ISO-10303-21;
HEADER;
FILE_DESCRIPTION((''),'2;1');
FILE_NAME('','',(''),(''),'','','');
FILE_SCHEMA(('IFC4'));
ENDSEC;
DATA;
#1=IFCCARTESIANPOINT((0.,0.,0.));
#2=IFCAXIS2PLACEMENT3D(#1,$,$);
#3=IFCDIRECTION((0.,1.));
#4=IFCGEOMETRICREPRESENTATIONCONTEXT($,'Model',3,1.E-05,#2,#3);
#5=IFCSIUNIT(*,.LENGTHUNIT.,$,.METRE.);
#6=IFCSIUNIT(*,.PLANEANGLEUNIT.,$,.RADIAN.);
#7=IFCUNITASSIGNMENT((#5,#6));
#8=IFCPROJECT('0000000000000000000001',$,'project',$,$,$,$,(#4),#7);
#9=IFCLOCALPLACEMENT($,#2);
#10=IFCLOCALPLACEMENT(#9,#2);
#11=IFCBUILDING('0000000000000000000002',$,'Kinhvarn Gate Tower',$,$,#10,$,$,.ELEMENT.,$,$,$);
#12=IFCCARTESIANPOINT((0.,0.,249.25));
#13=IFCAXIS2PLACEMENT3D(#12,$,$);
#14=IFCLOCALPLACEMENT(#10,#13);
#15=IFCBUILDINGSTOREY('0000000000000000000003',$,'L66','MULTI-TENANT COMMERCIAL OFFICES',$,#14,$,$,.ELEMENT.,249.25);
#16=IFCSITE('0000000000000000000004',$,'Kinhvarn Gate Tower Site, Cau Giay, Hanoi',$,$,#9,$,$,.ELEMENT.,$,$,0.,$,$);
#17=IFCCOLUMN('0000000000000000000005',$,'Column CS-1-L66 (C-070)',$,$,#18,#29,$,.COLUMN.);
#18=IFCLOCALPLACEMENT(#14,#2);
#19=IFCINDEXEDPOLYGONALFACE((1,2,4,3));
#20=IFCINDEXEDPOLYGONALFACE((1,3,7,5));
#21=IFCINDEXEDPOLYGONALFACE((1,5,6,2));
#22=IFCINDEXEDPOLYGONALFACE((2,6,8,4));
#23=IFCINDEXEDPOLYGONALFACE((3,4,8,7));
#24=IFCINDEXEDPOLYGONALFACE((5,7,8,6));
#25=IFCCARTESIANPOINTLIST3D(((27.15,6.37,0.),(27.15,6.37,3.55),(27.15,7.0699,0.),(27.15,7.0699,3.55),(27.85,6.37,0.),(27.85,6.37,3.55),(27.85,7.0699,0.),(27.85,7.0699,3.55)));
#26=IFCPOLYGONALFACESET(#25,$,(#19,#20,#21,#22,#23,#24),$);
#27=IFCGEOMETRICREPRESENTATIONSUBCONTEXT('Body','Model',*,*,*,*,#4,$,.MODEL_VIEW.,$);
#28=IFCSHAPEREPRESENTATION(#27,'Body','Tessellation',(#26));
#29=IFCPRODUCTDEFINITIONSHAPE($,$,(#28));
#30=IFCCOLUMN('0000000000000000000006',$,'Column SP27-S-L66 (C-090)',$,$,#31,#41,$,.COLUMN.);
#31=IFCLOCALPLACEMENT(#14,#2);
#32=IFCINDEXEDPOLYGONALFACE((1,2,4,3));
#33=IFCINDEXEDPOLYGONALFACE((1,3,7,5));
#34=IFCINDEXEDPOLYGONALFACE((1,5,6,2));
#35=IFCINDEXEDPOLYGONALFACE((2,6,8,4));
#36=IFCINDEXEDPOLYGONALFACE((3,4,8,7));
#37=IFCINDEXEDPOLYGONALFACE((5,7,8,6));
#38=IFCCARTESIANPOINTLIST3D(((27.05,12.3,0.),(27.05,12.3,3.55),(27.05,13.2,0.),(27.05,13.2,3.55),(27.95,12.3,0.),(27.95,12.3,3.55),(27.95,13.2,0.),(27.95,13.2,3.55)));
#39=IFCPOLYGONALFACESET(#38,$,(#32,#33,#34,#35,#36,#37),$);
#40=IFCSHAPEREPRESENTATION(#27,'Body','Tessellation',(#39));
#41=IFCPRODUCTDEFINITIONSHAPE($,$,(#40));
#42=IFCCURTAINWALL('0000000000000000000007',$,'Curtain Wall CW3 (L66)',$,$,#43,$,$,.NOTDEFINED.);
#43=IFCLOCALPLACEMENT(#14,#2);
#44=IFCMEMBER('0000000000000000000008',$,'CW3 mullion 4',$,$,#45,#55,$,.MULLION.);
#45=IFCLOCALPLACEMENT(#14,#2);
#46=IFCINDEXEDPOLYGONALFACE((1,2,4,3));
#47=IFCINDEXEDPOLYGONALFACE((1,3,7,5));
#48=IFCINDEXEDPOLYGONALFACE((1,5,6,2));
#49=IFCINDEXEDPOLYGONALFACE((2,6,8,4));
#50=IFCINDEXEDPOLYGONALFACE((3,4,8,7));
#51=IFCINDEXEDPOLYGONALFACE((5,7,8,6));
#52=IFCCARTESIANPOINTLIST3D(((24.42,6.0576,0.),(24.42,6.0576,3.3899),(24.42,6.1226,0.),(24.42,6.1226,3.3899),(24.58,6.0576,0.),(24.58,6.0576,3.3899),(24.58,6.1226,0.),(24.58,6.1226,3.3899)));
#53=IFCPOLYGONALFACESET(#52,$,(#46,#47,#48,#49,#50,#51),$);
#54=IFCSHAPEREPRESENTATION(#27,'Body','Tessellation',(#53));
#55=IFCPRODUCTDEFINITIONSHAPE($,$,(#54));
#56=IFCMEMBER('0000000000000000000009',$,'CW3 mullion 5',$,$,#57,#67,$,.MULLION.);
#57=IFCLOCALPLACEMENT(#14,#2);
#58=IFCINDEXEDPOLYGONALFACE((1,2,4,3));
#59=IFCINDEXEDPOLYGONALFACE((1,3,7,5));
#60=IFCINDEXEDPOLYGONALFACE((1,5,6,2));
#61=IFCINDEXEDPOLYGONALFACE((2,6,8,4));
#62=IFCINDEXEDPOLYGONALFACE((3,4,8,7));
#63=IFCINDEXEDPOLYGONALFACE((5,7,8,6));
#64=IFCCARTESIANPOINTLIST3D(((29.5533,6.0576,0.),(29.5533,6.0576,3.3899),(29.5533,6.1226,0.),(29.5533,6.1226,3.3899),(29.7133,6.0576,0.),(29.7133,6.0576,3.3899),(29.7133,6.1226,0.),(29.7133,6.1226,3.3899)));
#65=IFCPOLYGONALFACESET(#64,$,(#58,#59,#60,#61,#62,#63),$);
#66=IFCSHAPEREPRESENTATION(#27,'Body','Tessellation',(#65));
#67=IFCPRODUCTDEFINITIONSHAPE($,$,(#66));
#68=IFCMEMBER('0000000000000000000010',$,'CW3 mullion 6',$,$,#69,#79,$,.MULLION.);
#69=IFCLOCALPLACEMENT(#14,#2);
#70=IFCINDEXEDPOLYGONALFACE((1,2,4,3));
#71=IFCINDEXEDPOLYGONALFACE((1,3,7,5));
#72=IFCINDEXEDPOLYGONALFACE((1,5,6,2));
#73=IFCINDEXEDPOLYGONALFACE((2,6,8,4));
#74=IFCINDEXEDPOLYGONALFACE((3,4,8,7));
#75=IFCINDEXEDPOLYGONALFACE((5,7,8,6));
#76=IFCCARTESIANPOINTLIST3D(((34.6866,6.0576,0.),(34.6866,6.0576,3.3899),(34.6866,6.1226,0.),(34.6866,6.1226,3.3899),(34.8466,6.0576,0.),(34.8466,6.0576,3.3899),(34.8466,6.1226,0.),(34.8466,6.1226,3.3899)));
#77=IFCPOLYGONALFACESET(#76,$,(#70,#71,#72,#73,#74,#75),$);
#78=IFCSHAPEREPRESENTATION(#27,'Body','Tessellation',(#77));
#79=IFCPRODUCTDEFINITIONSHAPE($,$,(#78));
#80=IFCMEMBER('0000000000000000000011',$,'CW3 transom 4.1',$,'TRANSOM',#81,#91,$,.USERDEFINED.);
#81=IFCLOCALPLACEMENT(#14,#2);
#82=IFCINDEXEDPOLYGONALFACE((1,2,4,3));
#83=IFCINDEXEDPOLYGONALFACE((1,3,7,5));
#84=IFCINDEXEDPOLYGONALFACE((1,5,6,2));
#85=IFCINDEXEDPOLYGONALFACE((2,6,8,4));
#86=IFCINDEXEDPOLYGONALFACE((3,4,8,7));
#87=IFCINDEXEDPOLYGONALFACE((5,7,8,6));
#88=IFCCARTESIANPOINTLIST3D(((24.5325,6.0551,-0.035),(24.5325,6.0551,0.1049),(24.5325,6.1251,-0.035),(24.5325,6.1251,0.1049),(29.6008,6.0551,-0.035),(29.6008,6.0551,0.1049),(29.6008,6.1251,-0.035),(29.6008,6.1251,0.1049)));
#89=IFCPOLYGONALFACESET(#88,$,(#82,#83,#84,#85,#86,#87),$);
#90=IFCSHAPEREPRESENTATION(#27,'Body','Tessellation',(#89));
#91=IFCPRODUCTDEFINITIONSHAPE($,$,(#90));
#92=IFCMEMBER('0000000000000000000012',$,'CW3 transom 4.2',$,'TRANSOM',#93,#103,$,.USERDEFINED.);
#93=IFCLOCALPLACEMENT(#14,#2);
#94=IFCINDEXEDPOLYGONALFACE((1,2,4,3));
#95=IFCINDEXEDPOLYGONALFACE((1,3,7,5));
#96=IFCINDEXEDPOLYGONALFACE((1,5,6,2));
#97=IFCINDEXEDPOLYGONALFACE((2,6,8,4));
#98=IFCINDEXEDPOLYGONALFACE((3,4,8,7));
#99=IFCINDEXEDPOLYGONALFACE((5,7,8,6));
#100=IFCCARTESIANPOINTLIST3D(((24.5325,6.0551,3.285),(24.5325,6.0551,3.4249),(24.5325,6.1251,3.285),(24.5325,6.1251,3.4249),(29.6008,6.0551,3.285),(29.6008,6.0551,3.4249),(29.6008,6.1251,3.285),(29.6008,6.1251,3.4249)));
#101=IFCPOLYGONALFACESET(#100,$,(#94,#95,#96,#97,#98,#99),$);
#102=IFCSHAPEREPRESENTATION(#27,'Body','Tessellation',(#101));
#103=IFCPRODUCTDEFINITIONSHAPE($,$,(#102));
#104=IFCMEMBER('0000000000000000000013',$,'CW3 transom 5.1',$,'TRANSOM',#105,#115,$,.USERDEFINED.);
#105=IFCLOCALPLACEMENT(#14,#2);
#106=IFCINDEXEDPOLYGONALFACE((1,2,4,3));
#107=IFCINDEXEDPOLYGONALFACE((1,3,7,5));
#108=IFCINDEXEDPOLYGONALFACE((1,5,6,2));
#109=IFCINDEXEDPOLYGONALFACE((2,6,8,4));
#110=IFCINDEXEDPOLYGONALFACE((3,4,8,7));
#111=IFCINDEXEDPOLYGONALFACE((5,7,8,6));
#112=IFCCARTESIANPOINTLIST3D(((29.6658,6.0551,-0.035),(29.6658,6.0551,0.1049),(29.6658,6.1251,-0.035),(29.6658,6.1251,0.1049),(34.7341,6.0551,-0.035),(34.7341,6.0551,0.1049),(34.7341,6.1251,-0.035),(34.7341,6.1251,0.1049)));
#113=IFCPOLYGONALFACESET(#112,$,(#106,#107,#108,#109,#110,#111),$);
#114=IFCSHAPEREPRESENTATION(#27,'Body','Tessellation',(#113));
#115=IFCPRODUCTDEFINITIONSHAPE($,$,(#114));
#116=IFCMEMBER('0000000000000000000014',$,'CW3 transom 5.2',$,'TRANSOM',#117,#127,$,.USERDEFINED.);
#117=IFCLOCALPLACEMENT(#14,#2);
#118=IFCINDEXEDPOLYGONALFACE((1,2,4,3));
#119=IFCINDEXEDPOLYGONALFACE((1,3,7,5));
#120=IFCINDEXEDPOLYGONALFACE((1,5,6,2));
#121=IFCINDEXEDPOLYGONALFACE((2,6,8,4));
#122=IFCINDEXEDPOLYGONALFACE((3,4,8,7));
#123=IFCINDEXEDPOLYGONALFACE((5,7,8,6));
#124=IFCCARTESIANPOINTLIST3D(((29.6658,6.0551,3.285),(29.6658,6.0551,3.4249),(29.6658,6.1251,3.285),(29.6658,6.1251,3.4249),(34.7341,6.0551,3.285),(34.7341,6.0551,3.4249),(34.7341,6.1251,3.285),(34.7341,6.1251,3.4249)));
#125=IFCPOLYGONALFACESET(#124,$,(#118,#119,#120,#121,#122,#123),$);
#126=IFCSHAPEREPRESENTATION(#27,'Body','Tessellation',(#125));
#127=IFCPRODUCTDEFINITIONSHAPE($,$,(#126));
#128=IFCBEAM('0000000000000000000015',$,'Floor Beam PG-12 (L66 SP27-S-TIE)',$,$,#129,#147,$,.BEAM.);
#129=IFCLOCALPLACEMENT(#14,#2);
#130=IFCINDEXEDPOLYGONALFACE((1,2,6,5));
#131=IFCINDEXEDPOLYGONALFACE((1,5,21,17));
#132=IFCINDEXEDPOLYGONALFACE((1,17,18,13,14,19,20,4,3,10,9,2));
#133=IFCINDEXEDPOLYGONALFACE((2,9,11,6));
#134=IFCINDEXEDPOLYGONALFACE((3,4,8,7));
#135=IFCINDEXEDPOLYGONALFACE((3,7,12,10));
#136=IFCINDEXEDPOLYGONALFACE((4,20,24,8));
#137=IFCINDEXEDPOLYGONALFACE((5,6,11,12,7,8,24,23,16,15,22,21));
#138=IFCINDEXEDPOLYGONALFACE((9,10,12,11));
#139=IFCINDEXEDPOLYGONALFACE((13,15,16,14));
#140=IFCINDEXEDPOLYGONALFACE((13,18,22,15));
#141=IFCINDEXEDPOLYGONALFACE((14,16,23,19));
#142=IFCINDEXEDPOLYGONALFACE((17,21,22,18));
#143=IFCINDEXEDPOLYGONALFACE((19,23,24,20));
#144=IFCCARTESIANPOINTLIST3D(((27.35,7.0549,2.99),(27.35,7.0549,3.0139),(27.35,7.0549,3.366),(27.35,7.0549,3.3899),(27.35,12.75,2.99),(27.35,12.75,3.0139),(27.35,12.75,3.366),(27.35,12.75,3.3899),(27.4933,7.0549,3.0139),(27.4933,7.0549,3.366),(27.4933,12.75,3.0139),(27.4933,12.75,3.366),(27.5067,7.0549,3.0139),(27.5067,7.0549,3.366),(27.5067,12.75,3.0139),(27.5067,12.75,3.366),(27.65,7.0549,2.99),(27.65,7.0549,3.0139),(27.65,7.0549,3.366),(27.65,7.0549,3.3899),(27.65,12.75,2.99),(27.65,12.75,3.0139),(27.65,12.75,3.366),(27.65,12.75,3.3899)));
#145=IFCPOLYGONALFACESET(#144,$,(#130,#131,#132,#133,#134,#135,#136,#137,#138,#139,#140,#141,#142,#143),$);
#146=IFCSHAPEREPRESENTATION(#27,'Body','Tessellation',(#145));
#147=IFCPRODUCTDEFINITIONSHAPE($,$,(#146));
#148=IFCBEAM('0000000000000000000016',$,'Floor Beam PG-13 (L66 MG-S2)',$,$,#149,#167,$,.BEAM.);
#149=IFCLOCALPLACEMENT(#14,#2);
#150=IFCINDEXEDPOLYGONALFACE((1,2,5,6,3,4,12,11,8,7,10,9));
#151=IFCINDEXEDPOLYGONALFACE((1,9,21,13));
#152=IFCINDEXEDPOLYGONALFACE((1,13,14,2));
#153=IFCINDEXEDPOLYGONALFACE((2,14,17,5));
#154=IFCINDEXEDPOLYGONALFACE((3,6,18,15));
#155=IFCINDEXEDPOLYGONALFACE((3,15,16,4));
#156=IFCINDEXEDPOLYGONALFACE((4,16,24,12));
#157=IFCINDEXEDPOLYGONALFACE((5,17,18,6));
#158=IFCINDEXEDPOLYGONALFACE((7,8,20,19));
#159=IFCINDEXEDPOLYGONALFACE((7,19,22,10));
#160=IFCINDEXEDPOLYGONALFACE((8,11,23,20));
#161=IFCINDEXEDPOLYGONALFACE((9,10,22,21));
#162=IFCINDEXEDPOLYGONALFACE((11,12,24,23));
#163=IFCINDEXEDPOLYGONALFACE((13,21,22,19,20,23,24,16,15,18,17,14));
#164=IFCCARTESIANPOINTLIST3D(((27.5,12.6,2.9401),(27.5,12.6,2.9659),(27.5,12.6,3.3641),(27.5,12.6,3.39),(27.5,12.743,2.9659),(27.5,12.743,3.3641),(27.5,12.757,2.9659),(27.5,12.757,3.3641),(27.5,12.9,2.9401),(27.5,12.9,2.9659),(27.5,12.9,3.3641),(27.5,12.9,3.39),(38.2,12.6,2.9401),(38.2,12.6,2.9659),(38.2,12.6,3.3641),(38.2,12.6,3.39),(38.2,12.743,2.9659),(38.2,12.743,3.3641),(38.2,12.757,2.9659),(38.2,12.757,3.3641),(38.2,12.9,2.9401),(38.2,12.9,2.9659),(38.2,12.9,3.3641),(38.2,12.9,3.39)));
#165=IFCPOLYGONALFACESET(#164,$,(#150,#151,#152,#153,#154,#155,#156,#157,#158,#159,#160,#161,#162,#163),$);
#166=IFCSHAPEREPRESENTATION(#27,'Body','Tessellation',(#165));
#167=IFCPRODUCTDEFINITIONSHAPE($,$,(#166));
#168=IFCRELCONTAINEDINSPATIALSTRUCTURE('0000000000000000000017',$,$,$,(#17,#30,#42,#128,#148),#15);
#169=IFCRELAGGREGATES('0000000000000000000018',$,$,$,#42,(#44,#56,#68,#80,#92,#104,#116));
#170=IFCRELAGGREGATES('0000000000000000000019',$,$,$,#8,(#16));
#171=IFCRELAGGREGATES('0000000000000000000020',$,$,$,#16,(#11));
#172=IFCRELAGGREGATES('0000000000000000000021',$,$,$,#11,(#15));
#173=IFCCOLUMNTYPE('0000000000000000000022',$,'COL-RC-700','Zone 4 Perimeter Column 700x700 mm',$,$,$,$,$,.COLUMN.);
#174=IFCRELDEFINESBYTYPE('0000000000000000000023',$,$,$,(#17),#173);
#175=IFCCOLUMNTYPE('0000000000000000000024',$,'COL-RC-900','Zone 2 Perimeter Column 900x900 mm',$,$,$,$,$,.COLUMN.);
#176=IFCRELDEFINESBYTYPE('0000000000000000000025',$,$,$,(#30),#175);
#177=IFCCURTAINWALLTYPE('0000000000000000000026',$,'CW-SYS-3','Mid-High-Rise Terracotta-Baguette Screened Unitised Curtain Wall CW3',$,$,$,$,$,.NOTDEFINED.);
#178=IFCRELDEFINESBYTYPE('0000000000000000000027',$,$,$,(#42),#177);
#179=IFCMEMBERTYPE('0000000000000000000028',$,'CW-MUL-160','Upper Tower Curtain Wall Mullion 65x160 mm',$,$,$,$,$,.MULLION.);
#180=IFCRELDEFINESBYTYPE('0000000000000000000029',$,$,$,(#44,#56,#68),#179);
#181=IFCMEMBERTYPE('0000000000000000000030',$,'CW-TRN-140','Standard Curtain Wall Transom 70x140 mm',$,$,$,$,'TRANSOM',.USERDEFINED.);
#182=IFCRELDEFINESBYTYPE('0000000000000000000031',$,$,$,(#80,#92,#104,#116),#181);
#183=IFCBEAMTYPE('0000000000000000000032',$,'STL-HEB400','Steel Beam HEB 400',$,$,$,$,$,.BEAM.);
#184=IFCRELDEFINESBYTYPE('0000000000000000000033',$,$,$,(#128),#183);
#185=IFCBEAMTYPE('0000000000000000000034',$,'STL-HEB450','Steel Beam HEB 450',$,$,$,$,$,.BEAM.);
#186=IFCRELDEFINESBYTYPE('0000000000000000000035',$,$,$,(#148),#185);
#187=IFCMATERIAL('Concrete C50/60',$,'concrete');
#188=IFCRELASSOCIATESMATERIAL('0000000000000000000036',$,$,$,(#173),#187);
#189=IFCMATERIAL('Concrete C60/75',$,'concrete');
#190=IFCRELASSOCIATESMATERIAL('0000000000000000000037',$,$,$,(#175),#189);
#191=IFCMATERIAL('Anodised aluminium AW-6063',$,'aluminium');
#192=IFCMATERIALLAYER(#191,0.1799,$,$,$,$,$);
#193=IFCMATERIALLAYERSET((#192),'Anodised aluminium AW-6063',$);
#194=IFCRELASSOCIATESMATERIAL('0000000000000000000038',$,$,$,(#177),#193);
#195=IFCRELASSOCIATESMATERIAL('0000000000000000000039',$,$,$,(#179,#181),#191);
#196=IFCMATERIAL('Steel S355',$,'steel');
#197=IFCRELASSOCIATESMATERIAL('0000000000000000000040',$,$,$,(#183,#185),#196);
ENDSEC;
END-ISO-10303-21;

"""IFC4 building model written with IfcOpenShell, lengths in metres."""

from ifc_helpers import new_model, si_unit, direction, frame, origin, origin_2d, place, context, subcontext, project, spatial, rectangle, i_section, extrude, material, layer, layer_set, material_profile, profile_set, type_object, element, aggregate, save


model = new_model("IFC4")

# Units and contexts
model_context = context("Model", 3, precision=1e-05, world=origin(), true_north=direction((0.0, 1.0)))
body_context = subcontext(model_context, "Body", "Model", "MODEL_VIEW")
ifc_project = project(units=[si_unit("LENGTHUNIT", "METRE"), si_unit("PLANEANGLEUNIT", "RADIAN")], contexts=[model_context])

# Site, building, storey
site_placement = place(None, origin())
site = spatial("IfcSite", under=ifc_project, at=site_placement, Name="Kinhvarn Gate Tower Site, Cau Giay, Hanoi", CompositionType="ELEMENT", RefElevation=0.0)
building_placement = place(site_placement, origin())
building = spatial("IfcBuilding", under=site, at=building_placement, Name="Kinhvarn Gate Tower", CompositionType="ELEMENT")
storey_placement = place(building_placement, frame((0.0, 0.0, 249.25)))
storey = spatial("IfcBuildingStorey", under=building, at=storey_placement, Name="L66", Description="MULTI-TENANT COMMERCIAL OFFICES", CompositionType="ELEMENT", Elevation=249.25)

# Columns
ifc_material_1 = material(Name="Concrete C50/60", Category="concrete")
ifc_material_profile_1 = material_profile(ifc_material_1, rectangle(XDim=0.7, YDim=0.7, at=origin_2d()), Name="RC 700x700")
ifc_profile_set_1 = profile_set([ifc_material_profile_1], Name="Concrete C50/60")
column_type_1 = type_object("IfcColumnType", Name="COL-RC-700", Description="Zone 4 Perimeter Column 700x700 mm", PredefinedType="COLUMN", material=ifc_profile_set_1)
column_1_placement = place(storey_placement, frame((27.5, 6.72, 0.0), z_axis=(0.0, 0.0, 1.0), x_axis=(1.0, 0.0, 0.0)))
element("IfcColumn", 1, at=column_1_placement, inside=storey, type_object=column_type_1, Name="Column CS-1-L66 (C-070)", PredefinedType="COLUMN", context=body_context, shape_type="SweptSolid", body=[
    extrude(rectangle(XDim=0.7, YDim=0.7, at=origin_2d()), origin(), (0.0, 0.0, 1.0), 3.55),
])
ifc_material_2 = material(Name="Concrete C60/75", Category="concrete")
ifc_material_profile_2 = material_profile(ifc_material_2, rectangle(XDim=0.8999, YDim=0.8999, at=origin_2d()), Name="RC 900x900")
ifc_profile_set_2 = profile_set([ifc_material_profile_2], Name="Concrete C60/75")
column_type_2 = type_object("IfcColumnType", Name="COL-RC-900", Description="Zone 2 Perimeter Column 900x900 mm", PredefinedType="COLUMN", material=ifc_profile_set_2)
column_2_placement = place(storey_placement, frame((27.5, 12.75, 0.0), z_axis=(0.0, 0.0, 1.0), x_axis=(1.0, 0.0, 0.0)))
element("IfcColumn", 2, at=column_2_placement, inside=storey, type_object=column_type_2, Name="Column SP27-S-L66 (C-090)", PredefinedType="COLUMN", context=body_context, shape_type="SweptSolid", body=[
    extrude(rectangle(XDim=0.8999, YDim=0.8999, at=origin_2d()), origin(), (0.0, 0.0, 1.0), 3.55),
])

# Curtain wall, members
ifc_material_3 = material(Name="Anodised aluminium AW-6063", Category="aluminium")
ifc_layer_1 = layer(ifc_material_3, 0.1799)
ifc_layer_set_1 = layer_set([ifc_layer_1], Name="Anodised aluminium AW-6063")
curtain_wall_type = type_object("IfcCurtainWallType", Name="CW-SYS-3", Description="Mid-High-Rise Terracotta-Baguette Screened Unitised Curtain Wall CW3", PredefinedType="NOTDEFINED", material=ifc_layer_set_1)
curtain_wall_placement = place(storey_placement, origin())
curtain_wall = element("IfcCurtainWall", 3, at=curtain_wall_placement, inside=storey, type_object=curtain_wall_type, Name="Curtain Wall CW3 (L66)", PredefinedType="NOTDEFINED")
ifc_material_profile_3 = material_profile(ifc_material_3, rectangle(XDim=0.0649, YDim=0.1599, at=origin_2d()), Name="ALU 65x160")
ifc_profile_set_3 = profile_set([ifc_material_profile_3], Name="Anodised aluminium AW-6063")
member_type_1 = type_object("IfcMemberType", Name="CW-MUL-160", Description="Upper Tower Curtain Wall Mullion 65x160 mm", PredefinedType="MULLION", material=ifc_profile_set_3)
member_1_placement = place(storey_placement, frame((24.5, 6.0901, 0.0), z_axis=(0.0, 0.0, 1.0), x_axis=(0.0, 1.0, 0.0)))
member_1 = element("IfcMember", 4, at=member_1_placement, type_object=member_type_1, Name="CW3 mullion 4", PredefinedType="MULLION", context=body_context, shape_type="SweptSolid", body=[
    extrude(rectangle(XDim=0.0649, YDim=0.1599, at=origin_2d()), origin(), (0.0, 0.0, 1.0), 3.3899),
])
member_2_placement = place(storey_placement, frame((29.6333, 6.0901, 0.0), z_axis=(0.0, 0.0, 1.0), x_axis=(0.0, 1.0, 0.0)))
member_2 = element("IfcMember", 5, at=member_2_placement, type_object=member_type_1, Name="CW3 mullion 5", PredefinedType="MULLION", context=body_context, shape_type="SweptSolid", body=[
    extrude(rectangle(XDim=0.0649, YDim=0.1599, at=origin_2d()), origin(), (0.0, 0.0, 1.0), 3.3899),
])
member_3_placement = place(storey_placement, frame((34.7666, 6.0901, 0.0), z_axis=(0.0, 0.0, 1.0), x_axis=(0.0, 1.0, 0.0)))
member_3 = element("IfcMember", 6, at=member_3_placement, type_object=member_type_1, Name="CW3 mullion 6", PredefinedType="MULLION", context=body_context, shape_type="SweptSolid", body=[
    extrude(rectangle(XDim=0.0649, YDim=0.1599, at=origin_2d()), origin(), (0.0, 0.0, 1.0), 3.3899),
])
ifc_material_profile_4 = material_profile(ifc_material_3, rectangle(XDim=0.0701, YDim=0.1399, at=origin_2d()), Name="ALU 70x140")
ifc_profile_set_4 = profile_set([ifc_material_profile_4], Name="Anodised aluminium AW-6063")
member_type_2 = type_object("IfcMemberType", Name="CW-TRN-140", Description="Standard Curtain Wall Transom 70x140 mm", ElementType="TRANSOM", PredefinedType="USERDEFINED", material=ifc_profile_set_4)
member_4_placement = place(storey_placement, frame((24.5325, 6.0901, 0.0349), z_axis=(1.0, 0.0, 0.0), x_axis=(0.0, 1.0, 0.0)))
member_4 = element("IfcMember", 7, at=member_4_placement, type_object=member_type_2, Name="CW3 transom 4.1", ObjectType="TRANSOM", PredefinedType="USERDEFINED", context=body_context, shape_type="SweptSolid", body=[
    extrude(rectangle(XDim=0.0701, YDim=0.1399, at=origin_2d()), origin(), (0.0, 0.0, 1.0), 5.0684),
])
member_5_placement = place(storey_placement, frame((24.5325, 6.0901, 3.355), z_axis=(1.0, 0.0, 0.0), x_axis=(0.0, 1.0, 0.0)))
member_5 = element("IfcMember", 8, at=member_5_placement, type_object=member_type_2, Name="CW3 transom 4.2", ObjectType="TRANSOM", PredefinedType="USERDEFINED", context=body_context, shape_type="SweptSolid", body=[
    extrude(rectangle(XDim=0.0701, YDim=0.1399, at=origin_2d()), origin(), (0.0, 0.0, 1.0), 5.0684),
])
member_6_placement = place(storey_placement, frame((29.6658, 6.0901, 0.0349), z_axis=(1.0, 0.0, 0.0), x_axis=(0.0, 1.0, 0.0)))
member_6 = element("IfcMember", 9, at=member_6_placement, type_object=member_type_2, Name="CW3 transom 5.1", ObjectType="TRANSOM", PredefinedType="USERDEFINED", context=body_context, shape_type="SweptSolid", body=[
    extrude(rectangle(XDim=0.0701, YDim=0.1399, at=origin_2d()), origin(), (0.0, 0.0, 1.0), 5.0684),
])
member_7_placement = place(storey_placement, frame((29.6658, 6.0901, 3.355), z_axis=(1.0, 0.0, 0.0), x_axis=(0.0, 1.0, 0.0)))
member_7 = element("IfcMember", 10, at=member_7_placement, type_object=member_type_2, Name="CW3 transom 5.2", ObjectType="TRANSOM", PredefinedType="USERDEFINED", context=body_context, shape_type="SweptSolid", body=[
    extrude(rectangle(XDim=0.0701, YDim=0.1399, at=origin_2d()), origin(), (0.0, 0.0, 1.0), 5.0684),
])

# Beams
ifc_material_4 = material(Name="Steel S355", Category="steel")
ifc_material_profile_5 = material_profile(ifc_material_4, i_section(OverallWidth=0.3, OverallDepth=0.3999, WebThickness=0.0134, FlangeThickness=0.0239, at=origin_2d()), Name="HEB 400")
ifc_profile_set_5 = profile_set([ifc_material_profile_5], Name="Steel S355")
beam_type_1 = type_object("IfcBeamType", Name="STL-HEB400", Description="Steel Beam HEB 400", PredefinedType="BEAM", material=ifc_profile_set_5)
beam_1_placement = place(storey_placement, frame((27.5, 7.0549, 3.1899), z_axis=(0.0, 1.0, 0.0), x_axis=(-1.0, 0.0, 0.0)))
element("IfcBeam", 11, at=beam_1_placement, inside=storey, type_object=beam_type_1, Name="Floor Beam PG-12 (L66 SP27-S-TIE)", PredefinedType="BEAM", context=body_context, shape_type="SweptSolid", body=[
    extrude(i_section(OverallWidth=0.3, OverallDepth=0.3999, WebThickness=0.0134, FlangeThickness=0.0239, at=origin_2d()), origin(), (0.0, 0.0, 1.0), 5.6951),
])
ifc_material_profile_6 = material_profile(ifc_material_4, i_section(OverallWidth=0.3, OverallDepth=0.45, WebThickness=0.0139, FlangeThickness=0.0259, at=origin_2d()), Name="HEB 450")
ifc_profile_set_6 = profile_set([ifc_material_profile_6], Name="Steel S355")
beam_type_2 = type_object("IfcBeamType", Name="STL-HEB450", Description="Steel Beam HEB 450", PredefinedType="BEAM", material=ifc_profile_set_6)
beam_2_placement = place(storey_placement, frame((27.5, 12.75, 3.165), z_axis=(1.0, 0.0, 0.0), x_axis=(0.0, 1.0, 0.0)))
element("IfcBeam", 12, at=beam_2_placement, inside=storey, type_object=beam_type_2, Name="Floor Beam PG-13 (L66 MG-S2)", PredefinedType="BEAM", context=body_context, shape_type="SweptSolid", body=[
    extrude(i_section(OverallWidth=0.3, OverallDepth=0.45, WebThickness=0.0139, FlangeThickness=0.0259, at=origin_2d()), origin(), (0.0, 0.0, 1.0), 10.7),
])

aggregate(curtain_wall, [member_1, member_2, member_3, member_4, member_5, member_6, member_7])

save(model, "model.ifc")
